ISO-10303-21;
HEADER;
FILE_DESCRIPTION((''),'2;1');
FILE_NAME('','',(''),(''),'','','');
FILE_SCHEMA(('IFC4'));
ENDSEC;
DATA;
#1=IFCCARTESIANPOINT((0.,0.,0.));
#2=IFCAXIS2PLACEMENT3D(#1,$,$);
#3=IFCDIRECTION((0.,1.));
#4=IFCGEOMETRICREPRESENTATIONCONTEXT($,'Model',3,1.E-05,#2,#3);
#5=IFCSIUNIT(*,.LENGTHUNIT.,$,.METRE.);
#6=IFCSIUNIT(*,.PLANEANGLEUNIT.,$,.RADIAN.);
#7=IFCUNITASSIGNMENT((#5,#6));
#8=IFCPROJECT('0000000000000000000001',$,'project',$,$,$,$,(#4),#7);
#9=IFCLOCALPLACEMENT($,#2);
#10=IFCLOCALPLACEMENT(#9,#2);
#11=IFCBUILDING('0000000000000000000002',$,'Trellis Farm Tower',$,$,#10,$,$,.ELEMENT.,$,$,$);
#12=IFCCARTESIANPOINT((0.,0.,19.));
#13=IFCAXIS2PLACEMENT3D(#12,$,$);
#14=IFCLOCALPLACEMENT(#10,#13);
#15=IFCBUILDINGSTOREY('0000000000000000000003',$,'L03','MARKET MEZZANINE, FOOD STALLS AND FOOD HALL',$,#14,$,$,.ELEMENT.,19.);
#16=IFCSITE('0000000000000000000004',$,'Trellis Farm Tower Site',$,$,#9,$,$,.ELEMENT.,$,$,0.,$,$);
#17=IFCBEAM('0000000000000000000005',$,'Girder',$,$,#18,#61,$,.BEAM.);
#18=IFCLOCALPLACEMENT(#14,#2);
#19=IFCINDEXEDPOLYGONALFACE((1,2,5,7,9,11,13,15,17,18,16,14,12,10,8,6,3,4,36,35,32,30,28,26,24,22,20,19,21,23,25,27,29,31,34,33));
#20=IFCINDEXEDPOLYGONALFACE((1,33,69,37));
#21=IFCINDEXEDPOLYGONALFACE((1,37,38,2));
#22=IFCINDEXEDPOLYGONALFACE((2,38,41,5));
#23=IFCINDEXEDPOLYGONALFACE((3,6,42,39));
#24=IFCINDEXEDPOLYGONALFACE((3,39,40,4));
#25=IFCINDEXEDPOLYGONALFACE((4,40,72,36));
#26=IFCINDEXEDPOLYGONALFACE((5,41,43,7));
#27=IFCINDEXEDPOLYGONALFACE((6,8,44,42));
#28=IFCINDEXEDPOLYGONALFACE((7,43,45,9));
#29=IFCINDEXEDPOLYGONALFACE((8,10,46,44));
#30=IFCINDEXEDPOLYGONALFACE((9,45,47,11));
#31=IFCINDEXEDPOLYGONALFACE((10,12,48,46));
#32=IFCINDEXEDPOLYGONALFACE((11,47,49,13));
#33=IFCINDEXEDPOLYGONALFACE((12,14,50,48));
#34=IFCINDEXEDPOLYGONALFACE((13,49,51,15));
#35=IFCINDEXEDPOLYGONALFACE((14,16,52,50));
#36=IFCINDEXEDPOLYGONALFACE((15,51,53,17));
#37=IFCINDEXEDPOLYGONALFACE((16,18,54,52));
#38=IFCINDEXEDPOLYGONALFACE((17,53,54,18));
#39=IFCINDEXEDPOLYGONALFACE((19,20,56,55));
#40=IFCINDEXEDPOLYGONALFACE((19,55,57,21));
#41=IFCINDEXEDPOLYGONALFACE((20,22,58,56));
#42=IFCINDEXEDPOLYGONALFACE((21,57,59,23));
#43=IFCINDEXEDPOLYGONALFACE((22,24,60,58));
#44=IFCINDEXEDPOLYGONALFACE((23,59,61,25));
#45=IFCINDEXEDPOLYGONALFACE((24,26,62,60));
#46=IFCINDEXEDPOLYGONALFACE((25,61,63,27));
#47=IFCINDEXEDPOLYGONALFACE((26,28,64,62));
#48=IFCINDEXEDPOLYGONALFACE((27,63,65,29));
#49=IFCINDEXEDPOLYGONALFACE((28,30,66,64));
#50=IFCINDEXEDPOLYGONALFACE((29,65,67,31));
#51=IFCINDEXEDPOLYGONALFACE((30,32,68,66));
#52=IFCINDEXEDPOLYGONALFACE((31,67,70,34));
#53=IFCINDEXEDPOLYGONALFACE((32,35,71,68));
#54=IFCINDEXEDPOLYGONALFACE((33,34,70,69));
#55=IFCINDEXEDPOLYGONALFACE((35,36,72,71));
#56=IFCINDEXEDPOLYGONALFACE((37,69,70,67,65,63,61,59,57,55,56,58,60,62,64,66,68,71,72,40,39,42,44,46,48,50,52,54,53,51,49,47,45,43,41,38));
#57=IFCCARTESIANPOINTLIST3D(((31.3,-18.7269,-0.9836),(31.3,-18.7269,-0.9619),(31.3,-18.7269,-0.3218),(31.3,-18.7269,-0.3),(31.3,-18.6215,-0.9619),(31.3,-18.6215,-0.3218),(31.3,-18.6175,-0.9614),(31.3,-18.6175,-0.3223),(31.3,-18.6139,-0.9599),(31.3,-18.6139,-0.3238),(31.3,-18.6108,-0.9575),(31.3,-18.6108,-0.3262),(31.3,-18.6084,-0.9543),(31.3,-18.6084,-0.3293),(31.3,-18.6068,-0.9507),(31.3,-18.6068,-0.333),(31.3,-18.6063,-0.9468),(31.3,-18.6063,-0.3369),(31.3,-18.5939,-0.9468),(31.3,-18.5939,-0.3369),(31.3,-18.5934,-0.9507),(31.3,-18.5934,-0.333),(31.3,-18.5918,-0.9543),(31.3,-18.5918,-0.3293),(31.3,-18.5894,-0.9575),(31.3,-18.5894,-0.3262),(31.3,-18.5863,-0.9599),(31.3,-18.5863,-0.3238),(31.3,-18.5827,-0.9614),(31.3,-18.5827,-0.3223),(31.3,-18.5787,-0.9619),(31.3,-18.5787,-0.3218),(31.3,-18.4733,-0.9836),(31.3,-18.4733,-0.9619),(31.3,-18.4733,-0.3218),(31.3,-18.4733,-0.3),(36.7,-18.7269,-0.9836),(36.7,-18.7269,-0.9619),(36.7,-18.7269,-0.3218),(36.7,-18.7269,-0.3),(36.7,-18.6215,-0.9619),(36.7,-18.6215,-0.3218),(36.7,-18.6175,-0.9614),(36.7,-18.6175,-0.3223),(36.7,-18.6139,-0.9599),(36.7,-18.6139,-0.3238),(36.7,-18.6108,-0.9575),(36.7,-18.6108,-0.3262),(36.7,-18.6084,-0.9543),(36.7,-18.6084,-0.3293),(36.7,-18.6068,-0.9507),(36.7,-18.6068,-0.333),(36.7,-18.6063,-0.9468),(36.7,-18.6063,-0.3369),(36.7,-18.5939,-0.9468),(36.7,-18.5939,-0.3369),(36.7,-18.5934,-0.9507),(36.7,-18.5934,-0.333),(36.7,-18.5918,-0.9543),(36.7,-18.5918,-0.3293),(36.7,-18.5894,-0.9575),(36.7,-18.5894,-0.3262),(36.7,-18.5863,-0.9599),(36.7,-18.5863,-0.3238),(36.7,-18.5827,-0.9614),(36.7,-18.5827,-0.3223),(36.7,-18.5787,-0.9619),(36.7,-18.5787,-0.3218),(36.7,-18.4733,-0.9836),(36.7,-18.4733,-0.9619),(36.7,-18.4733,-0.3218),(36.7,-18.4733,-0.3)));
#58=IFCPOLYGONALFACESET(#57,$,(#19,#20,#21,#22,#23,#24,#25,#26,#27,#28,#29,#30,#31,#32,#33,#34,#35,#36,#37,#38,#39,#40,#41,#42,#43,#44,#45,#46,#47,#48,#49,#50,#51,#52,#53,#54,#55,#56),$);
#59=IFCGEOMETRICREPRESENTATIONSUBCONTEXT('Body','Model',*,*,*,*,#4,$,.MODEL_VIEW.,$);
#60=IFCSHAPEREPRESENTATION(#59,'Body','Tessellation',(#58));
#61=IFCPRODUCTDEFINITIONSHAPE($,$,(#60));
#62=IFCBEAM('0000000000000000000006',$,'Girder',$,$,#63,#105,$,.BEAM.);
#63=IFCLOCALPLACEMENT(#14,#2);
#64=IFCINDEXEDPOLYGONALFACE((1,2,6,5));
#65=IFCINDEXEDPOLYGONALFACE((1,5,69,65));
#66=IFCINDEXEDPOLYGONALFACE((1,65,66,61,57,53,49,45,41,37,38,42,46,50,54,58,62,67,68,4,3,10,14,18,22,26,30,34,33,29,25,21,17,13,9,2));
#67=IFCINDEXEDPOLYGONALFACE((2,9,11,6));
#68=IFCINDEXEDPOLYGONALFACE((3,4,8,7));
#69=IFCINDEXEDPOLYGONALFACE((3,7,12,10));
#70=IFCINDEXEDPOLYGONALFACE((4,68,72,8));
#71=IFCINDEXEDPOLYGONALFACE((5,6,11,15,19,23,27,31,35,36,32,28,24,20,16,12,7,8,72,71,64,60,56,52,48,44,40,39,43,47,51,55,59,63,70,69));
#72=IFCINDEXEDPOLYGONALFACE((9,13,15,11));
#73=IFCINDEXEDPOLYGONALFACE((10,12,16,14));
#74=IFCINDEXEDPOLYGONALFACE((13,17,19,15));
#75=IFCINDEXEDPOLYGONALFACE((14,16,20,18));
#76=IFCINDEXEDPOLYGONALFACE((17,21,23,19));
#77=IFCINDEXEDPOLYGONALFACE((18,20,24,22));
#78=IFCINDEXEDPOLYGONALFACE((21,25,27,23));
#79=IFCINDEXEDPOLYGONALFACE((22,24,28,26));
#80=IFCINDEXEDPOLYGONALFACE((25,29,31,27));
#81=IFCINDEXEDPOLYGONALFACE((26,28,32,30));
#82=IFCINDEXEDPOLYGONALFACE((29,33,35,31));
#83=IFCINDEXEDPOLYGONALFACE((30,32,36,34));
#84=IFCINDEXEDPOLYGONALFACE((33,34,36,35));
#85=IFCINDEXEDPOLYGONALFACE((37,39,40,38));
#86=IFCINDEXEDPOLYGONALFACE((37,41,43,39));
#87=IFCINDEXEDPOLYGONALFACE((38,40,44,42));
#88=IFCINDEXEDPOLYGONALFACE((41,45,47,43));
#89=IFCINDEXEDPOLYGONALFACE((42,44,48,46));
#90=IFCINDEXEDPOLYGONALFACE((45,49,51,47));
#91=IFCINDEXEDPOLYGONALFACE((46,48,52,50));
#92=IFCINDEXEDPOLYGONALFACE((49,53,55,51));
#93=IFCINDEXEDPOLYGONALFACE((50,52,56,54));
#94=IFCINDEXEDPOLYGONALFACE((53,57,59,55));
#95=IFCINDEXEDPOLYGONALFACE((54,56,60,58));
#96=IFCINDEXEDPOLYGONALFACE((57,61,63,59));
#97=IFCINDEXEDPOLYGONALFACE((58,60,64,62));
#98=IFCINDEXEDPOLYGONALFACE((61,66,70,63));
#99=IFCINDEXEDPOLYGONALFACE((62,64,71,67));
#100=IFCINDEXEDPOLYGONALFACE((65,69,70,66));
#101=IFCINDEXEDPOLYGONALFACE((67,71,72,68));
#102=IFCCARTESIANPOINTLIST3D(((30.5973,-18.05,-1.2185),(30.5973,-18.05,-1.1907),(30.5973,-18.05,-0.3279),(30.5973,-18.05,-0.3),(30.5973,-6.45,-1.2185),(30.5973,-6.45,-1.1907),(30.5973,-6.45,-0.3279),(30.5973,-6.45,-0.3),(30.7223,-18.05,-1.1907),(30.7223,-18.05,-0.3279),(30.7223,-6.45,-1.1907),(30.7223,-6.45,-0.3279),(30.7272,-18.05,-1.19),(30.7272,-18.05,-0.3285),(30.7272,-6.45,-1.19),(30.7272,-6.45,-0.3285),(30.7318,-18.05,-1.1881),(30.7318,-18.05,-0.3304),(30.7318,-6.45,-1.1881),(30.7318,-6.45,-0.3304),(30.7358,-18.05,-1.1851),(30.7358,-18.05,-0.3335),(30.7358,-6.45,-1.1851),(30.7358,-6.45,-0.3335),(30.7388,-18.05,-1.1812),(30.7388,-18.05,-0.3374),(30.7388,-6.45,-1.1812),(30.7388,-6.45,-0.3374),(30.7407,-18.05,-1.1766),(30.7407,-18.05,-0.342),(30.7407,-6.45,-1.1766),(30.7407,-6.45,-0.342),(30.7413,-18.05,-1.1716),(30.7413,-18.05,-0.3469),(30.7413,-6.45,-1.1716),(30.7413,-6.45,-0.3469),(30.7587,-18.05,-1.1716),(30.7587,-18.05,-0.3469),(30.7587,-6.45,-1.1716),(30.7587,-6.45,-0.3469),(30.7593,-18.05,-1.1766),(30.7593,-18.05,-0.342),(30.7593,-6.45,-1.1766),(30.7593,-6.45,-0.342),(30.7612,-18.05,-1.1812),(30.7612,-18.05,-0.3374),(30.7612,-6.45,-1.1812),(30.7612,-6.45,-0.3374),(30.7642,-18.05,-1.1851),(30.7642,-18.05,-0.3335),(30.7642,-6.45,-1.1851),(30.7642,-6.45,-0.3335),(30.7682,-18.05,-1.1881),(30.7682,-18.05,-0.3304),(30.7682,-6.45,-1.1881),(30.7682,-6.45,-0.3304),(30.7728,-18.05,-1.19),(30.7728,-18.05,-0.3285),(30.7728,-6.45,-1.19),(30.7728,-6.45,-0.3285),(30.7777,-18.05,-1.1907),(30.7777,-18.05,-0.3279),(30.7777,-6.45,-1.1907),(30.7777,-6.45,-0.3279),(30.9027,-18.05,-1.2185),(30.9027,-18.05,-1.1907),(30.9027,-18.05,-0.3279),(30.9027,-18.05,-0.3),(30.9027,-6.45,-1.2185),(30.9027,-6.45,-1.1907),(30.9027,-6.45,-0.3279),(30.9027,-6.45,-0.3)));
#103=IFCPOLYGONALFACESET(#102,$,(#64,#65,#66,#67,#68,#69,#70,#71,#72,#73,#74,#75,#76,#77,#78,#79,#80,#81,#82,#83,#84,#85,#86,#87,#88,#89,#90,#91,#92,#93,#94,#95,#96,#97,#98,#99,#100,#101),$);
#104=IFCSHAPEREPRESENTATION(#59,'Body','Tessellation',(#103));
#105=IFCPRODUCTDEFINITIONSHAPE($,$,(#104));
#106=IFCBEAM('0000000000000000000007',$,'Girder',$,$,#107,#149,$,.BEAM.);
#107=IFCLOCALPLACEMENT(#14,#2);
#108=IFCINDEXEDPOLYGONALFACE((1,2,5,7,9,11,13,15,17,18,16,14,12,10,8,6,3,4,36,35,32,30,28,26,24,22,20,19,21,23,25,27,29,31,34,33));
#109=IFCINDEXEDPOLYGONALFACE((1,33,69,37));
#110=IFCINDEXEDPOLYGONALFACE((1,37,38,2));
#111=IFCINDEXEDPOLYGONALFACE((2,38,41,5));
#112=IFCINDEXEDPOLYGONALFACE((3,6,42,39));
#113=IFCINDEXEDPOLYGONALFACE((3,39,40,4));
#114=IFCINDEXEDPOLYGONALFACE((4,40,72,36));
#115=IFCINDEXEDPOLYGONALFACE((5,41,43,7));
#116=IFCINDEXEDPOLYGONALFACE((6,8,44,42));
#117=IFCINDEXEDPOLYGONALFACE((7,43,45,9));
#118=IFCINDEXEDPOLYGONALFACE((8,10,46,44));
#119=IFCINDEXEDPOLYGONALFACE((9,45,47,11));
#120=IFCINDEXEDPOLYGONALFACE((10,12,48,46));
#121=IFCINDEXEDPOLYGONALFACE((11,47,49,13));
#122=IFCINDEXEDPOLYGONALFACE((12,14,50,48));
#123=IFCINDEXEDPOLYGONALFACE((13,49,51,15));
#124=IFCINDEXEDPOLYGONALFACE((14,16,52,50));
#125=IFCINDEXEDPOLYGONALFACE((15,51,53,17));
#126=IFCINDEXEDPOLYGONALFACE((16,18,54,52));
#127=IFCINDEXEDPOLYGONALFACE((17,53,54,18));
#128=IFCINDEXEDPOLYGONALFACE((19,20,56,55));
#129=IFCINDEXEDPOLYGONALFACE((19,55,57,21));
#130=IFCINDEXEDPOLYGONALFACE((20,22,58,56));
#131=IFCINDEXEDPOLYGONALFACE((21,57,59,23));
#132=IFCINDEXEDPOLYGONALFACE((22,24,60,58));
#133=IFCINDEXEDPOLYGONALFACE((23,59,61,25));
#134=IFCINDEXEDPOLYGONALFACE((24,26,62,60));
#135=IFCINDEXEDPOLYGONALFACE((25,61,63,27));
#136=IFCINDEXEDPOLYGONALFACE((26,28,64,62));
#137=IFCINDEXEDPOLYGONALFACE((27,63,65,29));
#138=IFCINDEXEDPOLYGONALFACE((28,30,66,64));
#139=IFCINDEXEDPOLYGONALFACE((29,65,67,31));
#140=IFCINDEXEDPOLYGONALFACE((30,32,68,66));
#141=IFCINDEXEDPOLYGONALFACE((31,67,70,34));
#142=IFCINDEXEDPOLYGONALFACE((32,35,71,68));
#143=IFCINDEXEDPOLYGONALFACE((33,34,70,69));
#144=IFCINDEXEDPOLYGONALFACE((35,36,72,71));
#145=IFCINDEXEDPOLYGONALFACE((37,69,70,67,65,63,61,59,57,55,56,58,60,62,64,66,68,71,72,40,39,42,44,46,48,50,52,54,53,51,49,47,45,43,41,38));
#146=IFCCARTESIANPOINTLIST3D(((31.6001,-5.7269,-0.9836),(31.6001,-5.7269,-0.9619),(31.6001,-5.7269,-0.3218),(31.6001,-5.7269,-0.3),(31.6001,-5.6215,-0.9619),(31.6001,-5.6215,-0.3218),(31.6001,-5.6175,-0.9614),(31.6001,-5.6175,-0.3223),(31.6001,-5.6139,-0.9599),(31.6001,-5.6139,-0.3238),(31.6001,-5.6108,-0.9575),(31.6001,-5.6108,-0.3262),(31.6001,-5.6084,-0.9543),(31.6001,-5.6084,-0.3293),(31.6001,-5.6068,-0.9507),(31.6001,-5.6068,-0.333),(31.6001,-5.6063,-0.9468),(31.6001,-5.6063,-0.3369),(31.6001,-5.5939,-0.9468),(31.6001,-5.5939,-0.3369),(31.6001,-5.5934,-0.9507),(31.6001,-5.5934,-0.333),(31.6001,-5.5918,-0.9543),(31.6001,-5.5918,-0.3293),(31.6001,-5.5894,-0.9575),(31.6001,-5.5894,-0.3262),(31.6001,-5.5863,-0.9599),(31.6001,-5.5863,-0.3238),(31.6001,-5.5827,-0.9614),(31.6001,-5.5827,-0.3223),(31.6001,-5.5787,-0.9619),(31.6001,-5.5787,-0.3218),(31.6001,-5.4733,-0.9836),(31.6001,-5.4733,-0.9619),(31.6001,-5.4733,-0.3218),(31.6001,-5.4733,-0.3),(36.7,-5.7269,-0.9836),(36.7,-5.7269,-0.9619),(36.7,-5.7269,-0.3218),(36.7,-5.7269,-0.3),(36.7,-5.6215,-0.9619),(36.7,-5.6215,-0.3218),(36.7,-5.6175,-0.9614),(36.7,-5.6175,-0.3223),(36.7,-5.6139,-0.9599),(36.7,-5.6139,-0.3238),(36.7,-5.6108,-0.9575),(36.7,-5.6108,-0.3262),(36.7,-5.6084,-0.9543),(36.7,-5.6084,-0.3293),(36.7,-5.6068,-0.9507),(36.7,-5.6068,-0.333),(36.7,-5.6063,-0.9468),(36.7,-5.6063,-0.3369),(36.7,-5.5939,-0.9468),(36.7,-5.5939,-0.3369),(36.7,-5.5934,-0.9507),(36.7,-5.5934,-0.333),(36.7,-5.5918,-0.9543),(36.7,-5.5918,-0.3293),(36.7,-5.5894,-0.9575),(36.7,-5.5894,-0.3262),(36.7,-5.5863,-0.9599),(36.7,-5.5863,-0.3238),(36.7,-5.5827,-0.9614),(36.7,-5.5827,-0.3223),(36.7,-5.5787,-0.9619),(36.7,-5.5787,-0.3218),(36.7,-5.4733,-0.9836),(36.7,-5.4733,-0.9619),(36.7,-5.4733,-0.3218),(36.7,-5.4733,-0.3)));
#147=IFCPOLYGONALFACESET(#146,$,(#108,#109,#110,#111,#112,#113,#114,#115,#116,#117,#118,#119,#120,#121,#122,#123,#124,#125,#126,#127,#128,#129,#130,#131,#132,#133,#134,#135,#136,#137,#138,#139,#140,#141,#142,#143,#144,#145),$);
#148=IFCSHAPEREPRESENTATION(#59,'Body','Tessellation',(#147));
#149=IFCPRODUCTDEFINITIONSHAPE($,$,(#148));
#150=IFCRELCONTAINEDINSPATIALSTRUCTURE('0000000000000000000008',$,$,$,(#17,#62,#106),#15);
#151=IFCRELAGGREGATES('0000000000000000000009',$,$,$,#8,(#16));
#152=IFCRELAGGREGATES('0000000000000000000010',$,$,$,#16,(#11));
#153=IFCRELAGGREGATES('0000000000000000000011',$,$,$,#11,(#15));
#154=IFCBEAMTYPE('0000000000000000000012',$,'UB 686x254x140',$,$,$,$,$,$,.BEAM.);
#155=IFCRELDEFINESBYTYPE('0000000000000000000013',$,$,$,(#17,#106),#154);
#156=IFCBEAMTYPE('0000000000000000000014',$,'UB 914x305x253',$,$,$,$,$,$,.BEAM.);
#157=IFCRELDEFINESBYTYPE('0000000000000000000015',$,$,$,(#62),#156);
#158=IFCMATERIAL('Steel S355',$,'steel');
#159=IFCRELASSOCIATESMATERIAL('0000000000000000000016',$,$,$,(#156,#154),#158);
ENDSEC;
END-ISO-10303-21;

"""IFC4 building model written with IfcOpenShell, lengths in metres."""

from ifc_helpers import new_model, si_unit, direction, frame, origin, origin_2d, place, context, subcontext, project, spatial, i_section, extrude, source, transform, mapped, material, material_profile, profile_set, type_object, element, save


model = new_model("IFC4")

# Units and contexts
model_context = context("Model", 3, precision=1e-05, world=origin(), true_north=direction((0.0, 1.0)))
body_context = subcontext(model_context, "Body", "Model", "MODEL_VIEW")
ifc_project = project(units=[si_unit("LENGTHUNIT", "METRE"), si_unit("PLANEANGLEUNIT", "RADIAN")], contexts=[model_context])

# Site, building, storey
site_placement = place(None, origin())
site = spatial("IfcSite", under=ifc_project, at=site_placement, Name="Trellis Farm Tower Site", CompositionType="ELEMENT", RefElevation=0.0)
building_placement = place(site_placement, origin())
building = spatial("IfcBuilding", under=site, at=building_placement, Name="Trellis Farm Tower", CompositionType="ELEMENT")
storey_placement = place(building_placement, frame((0.0, 0.0, 19.0)))
storey = spatial("IfcBuildingStorey", under=building, at=storey_placement, Name="L03", Description="MARKET MEZZANINE, FOOD STALLS AND FOOD HALL", CompositionType="ELEMENT", Elevation=19.0)

# Beams
ifc_material_1 = material(Name="Steel S355", Category="steel")
ifc_material_profile_1 = material_profile(ifc_material_1, i_section(OverallWidth=0.3054, OverallDepth=0.9185, WebThickness=0.0173, FlangeThickness=0.0278, FilletRadius=0.019, at=origin_2d()), Name="UB 914x305x253")
ifc_profile_set_1 = profile_set([ifc_material_profile_1], Name="Steel S355")
beam_type_1 = type_object("IfcBeamType", Name="UB 914x305x253", PredefinedType="BEAM", material=ifc_profile_set_1)
ifc_material_profile_2 = material_profile(ifc_material_1, i_section(OverallWidth=0.2537, OverallDepth=0.6836, WebThickness=0.0125, FlangeThickness=0.0217, FilletRadius=0.0151, at=origin_2d()), Name="UB 686x254x140")
ifc_profile_set_2 = profile_set([ifc_material_profile_2], Name="Steel S355")
beam_type_2 = type_object("IfcBeamType", Name="UB 686x254x140", PredefinedType="BEAM", material=ifc_profile_set_2)
shared_shape_1 = source(origin(), body_context, "Body", "SweptSolid", [
    extrude(i_section(OverallWidth=0.2537, OverallDepth=0.6836, WebThickness=0.0125, FlangeThickness=0.0217, FilletRadius=0.0151, at=origin_2d()), origin(), (0.0, 0.0, 1.0), 5.3999),
])
beam_1_placement = place(storey_placement, frame((31.3, -18.6001, -0.6418), z_axis=(1.0, 0.0, 0.0), x_axis=(0.0, 1.0, 0.0)))
element("IfcBeam", 1, at=beam_1_placement, inside=storey, type_object=beam_type_2, Name="Girder", PredefinedType="BEAM", context=body_context, shape_type="MappedRepresentation", body=[
    mapped(shared_shape_1, transform((0.0, 0.0, 0.0))),
])
shared_shape_2 = source(origin(), body_context, "Body", "SweptSolid", [
    extrude(i_section(OverallWidth=0.3054, OverallDepth=0.9185, WebThickness=0.0173, FlangeThickness=0.0278, FilletRadius=0.019, at=origin_2d()), origin(), (0.0, 0.0, 1.0), 11.6001),
])
beam_2_placement = place(storey_placement, frame((30.75, -18.05, -0.7593), z_axis=(0.0, 1.0, 0.0), x_axis=(-1.0, 0.0, 0.0)))
element("IfcBeam", 2, at=beam_2_placement, inside=storey, type_object=beam_type_1, Name="Girder", PredefinedType="BEAM", context=body_context, shape_type="MappedRepresentation", body=[
    mapped(shared_shape_2, transform((0.0, 0.0, 0.0))),
])
shared_shape_3 = source(origin(), body_context, "Body", "SweptSolid", [
    extrude(i_section(OverallWidth=0.2537, OverallDepth=0.6836, WebThickness=0.0125, FlangeThickness=0.0217, FilletRadius=0.0151, at=origin_2d()), origin(), (0.0, 0.0, 1.0), 5.0999),
])
beam_3_placement = place(storey_placement, frame((31.6001, -5.6001, -0.6418), z_axis=(1.0, 0.0, 0.0), x_axis=(0.0, 1.0, 0.0)))
element("IfcBeam", 3, at=beam_3_placement, inside=storey, type_object=beam_type_2, Name="Girder", PredefinedType="BEAM", context=body_context, shape_type="MappedRepresentation", body=[
    mapped(shared_shape_3, transform((0.0, 0.0, 0.0))),
])

save(model, "model.ifc")
